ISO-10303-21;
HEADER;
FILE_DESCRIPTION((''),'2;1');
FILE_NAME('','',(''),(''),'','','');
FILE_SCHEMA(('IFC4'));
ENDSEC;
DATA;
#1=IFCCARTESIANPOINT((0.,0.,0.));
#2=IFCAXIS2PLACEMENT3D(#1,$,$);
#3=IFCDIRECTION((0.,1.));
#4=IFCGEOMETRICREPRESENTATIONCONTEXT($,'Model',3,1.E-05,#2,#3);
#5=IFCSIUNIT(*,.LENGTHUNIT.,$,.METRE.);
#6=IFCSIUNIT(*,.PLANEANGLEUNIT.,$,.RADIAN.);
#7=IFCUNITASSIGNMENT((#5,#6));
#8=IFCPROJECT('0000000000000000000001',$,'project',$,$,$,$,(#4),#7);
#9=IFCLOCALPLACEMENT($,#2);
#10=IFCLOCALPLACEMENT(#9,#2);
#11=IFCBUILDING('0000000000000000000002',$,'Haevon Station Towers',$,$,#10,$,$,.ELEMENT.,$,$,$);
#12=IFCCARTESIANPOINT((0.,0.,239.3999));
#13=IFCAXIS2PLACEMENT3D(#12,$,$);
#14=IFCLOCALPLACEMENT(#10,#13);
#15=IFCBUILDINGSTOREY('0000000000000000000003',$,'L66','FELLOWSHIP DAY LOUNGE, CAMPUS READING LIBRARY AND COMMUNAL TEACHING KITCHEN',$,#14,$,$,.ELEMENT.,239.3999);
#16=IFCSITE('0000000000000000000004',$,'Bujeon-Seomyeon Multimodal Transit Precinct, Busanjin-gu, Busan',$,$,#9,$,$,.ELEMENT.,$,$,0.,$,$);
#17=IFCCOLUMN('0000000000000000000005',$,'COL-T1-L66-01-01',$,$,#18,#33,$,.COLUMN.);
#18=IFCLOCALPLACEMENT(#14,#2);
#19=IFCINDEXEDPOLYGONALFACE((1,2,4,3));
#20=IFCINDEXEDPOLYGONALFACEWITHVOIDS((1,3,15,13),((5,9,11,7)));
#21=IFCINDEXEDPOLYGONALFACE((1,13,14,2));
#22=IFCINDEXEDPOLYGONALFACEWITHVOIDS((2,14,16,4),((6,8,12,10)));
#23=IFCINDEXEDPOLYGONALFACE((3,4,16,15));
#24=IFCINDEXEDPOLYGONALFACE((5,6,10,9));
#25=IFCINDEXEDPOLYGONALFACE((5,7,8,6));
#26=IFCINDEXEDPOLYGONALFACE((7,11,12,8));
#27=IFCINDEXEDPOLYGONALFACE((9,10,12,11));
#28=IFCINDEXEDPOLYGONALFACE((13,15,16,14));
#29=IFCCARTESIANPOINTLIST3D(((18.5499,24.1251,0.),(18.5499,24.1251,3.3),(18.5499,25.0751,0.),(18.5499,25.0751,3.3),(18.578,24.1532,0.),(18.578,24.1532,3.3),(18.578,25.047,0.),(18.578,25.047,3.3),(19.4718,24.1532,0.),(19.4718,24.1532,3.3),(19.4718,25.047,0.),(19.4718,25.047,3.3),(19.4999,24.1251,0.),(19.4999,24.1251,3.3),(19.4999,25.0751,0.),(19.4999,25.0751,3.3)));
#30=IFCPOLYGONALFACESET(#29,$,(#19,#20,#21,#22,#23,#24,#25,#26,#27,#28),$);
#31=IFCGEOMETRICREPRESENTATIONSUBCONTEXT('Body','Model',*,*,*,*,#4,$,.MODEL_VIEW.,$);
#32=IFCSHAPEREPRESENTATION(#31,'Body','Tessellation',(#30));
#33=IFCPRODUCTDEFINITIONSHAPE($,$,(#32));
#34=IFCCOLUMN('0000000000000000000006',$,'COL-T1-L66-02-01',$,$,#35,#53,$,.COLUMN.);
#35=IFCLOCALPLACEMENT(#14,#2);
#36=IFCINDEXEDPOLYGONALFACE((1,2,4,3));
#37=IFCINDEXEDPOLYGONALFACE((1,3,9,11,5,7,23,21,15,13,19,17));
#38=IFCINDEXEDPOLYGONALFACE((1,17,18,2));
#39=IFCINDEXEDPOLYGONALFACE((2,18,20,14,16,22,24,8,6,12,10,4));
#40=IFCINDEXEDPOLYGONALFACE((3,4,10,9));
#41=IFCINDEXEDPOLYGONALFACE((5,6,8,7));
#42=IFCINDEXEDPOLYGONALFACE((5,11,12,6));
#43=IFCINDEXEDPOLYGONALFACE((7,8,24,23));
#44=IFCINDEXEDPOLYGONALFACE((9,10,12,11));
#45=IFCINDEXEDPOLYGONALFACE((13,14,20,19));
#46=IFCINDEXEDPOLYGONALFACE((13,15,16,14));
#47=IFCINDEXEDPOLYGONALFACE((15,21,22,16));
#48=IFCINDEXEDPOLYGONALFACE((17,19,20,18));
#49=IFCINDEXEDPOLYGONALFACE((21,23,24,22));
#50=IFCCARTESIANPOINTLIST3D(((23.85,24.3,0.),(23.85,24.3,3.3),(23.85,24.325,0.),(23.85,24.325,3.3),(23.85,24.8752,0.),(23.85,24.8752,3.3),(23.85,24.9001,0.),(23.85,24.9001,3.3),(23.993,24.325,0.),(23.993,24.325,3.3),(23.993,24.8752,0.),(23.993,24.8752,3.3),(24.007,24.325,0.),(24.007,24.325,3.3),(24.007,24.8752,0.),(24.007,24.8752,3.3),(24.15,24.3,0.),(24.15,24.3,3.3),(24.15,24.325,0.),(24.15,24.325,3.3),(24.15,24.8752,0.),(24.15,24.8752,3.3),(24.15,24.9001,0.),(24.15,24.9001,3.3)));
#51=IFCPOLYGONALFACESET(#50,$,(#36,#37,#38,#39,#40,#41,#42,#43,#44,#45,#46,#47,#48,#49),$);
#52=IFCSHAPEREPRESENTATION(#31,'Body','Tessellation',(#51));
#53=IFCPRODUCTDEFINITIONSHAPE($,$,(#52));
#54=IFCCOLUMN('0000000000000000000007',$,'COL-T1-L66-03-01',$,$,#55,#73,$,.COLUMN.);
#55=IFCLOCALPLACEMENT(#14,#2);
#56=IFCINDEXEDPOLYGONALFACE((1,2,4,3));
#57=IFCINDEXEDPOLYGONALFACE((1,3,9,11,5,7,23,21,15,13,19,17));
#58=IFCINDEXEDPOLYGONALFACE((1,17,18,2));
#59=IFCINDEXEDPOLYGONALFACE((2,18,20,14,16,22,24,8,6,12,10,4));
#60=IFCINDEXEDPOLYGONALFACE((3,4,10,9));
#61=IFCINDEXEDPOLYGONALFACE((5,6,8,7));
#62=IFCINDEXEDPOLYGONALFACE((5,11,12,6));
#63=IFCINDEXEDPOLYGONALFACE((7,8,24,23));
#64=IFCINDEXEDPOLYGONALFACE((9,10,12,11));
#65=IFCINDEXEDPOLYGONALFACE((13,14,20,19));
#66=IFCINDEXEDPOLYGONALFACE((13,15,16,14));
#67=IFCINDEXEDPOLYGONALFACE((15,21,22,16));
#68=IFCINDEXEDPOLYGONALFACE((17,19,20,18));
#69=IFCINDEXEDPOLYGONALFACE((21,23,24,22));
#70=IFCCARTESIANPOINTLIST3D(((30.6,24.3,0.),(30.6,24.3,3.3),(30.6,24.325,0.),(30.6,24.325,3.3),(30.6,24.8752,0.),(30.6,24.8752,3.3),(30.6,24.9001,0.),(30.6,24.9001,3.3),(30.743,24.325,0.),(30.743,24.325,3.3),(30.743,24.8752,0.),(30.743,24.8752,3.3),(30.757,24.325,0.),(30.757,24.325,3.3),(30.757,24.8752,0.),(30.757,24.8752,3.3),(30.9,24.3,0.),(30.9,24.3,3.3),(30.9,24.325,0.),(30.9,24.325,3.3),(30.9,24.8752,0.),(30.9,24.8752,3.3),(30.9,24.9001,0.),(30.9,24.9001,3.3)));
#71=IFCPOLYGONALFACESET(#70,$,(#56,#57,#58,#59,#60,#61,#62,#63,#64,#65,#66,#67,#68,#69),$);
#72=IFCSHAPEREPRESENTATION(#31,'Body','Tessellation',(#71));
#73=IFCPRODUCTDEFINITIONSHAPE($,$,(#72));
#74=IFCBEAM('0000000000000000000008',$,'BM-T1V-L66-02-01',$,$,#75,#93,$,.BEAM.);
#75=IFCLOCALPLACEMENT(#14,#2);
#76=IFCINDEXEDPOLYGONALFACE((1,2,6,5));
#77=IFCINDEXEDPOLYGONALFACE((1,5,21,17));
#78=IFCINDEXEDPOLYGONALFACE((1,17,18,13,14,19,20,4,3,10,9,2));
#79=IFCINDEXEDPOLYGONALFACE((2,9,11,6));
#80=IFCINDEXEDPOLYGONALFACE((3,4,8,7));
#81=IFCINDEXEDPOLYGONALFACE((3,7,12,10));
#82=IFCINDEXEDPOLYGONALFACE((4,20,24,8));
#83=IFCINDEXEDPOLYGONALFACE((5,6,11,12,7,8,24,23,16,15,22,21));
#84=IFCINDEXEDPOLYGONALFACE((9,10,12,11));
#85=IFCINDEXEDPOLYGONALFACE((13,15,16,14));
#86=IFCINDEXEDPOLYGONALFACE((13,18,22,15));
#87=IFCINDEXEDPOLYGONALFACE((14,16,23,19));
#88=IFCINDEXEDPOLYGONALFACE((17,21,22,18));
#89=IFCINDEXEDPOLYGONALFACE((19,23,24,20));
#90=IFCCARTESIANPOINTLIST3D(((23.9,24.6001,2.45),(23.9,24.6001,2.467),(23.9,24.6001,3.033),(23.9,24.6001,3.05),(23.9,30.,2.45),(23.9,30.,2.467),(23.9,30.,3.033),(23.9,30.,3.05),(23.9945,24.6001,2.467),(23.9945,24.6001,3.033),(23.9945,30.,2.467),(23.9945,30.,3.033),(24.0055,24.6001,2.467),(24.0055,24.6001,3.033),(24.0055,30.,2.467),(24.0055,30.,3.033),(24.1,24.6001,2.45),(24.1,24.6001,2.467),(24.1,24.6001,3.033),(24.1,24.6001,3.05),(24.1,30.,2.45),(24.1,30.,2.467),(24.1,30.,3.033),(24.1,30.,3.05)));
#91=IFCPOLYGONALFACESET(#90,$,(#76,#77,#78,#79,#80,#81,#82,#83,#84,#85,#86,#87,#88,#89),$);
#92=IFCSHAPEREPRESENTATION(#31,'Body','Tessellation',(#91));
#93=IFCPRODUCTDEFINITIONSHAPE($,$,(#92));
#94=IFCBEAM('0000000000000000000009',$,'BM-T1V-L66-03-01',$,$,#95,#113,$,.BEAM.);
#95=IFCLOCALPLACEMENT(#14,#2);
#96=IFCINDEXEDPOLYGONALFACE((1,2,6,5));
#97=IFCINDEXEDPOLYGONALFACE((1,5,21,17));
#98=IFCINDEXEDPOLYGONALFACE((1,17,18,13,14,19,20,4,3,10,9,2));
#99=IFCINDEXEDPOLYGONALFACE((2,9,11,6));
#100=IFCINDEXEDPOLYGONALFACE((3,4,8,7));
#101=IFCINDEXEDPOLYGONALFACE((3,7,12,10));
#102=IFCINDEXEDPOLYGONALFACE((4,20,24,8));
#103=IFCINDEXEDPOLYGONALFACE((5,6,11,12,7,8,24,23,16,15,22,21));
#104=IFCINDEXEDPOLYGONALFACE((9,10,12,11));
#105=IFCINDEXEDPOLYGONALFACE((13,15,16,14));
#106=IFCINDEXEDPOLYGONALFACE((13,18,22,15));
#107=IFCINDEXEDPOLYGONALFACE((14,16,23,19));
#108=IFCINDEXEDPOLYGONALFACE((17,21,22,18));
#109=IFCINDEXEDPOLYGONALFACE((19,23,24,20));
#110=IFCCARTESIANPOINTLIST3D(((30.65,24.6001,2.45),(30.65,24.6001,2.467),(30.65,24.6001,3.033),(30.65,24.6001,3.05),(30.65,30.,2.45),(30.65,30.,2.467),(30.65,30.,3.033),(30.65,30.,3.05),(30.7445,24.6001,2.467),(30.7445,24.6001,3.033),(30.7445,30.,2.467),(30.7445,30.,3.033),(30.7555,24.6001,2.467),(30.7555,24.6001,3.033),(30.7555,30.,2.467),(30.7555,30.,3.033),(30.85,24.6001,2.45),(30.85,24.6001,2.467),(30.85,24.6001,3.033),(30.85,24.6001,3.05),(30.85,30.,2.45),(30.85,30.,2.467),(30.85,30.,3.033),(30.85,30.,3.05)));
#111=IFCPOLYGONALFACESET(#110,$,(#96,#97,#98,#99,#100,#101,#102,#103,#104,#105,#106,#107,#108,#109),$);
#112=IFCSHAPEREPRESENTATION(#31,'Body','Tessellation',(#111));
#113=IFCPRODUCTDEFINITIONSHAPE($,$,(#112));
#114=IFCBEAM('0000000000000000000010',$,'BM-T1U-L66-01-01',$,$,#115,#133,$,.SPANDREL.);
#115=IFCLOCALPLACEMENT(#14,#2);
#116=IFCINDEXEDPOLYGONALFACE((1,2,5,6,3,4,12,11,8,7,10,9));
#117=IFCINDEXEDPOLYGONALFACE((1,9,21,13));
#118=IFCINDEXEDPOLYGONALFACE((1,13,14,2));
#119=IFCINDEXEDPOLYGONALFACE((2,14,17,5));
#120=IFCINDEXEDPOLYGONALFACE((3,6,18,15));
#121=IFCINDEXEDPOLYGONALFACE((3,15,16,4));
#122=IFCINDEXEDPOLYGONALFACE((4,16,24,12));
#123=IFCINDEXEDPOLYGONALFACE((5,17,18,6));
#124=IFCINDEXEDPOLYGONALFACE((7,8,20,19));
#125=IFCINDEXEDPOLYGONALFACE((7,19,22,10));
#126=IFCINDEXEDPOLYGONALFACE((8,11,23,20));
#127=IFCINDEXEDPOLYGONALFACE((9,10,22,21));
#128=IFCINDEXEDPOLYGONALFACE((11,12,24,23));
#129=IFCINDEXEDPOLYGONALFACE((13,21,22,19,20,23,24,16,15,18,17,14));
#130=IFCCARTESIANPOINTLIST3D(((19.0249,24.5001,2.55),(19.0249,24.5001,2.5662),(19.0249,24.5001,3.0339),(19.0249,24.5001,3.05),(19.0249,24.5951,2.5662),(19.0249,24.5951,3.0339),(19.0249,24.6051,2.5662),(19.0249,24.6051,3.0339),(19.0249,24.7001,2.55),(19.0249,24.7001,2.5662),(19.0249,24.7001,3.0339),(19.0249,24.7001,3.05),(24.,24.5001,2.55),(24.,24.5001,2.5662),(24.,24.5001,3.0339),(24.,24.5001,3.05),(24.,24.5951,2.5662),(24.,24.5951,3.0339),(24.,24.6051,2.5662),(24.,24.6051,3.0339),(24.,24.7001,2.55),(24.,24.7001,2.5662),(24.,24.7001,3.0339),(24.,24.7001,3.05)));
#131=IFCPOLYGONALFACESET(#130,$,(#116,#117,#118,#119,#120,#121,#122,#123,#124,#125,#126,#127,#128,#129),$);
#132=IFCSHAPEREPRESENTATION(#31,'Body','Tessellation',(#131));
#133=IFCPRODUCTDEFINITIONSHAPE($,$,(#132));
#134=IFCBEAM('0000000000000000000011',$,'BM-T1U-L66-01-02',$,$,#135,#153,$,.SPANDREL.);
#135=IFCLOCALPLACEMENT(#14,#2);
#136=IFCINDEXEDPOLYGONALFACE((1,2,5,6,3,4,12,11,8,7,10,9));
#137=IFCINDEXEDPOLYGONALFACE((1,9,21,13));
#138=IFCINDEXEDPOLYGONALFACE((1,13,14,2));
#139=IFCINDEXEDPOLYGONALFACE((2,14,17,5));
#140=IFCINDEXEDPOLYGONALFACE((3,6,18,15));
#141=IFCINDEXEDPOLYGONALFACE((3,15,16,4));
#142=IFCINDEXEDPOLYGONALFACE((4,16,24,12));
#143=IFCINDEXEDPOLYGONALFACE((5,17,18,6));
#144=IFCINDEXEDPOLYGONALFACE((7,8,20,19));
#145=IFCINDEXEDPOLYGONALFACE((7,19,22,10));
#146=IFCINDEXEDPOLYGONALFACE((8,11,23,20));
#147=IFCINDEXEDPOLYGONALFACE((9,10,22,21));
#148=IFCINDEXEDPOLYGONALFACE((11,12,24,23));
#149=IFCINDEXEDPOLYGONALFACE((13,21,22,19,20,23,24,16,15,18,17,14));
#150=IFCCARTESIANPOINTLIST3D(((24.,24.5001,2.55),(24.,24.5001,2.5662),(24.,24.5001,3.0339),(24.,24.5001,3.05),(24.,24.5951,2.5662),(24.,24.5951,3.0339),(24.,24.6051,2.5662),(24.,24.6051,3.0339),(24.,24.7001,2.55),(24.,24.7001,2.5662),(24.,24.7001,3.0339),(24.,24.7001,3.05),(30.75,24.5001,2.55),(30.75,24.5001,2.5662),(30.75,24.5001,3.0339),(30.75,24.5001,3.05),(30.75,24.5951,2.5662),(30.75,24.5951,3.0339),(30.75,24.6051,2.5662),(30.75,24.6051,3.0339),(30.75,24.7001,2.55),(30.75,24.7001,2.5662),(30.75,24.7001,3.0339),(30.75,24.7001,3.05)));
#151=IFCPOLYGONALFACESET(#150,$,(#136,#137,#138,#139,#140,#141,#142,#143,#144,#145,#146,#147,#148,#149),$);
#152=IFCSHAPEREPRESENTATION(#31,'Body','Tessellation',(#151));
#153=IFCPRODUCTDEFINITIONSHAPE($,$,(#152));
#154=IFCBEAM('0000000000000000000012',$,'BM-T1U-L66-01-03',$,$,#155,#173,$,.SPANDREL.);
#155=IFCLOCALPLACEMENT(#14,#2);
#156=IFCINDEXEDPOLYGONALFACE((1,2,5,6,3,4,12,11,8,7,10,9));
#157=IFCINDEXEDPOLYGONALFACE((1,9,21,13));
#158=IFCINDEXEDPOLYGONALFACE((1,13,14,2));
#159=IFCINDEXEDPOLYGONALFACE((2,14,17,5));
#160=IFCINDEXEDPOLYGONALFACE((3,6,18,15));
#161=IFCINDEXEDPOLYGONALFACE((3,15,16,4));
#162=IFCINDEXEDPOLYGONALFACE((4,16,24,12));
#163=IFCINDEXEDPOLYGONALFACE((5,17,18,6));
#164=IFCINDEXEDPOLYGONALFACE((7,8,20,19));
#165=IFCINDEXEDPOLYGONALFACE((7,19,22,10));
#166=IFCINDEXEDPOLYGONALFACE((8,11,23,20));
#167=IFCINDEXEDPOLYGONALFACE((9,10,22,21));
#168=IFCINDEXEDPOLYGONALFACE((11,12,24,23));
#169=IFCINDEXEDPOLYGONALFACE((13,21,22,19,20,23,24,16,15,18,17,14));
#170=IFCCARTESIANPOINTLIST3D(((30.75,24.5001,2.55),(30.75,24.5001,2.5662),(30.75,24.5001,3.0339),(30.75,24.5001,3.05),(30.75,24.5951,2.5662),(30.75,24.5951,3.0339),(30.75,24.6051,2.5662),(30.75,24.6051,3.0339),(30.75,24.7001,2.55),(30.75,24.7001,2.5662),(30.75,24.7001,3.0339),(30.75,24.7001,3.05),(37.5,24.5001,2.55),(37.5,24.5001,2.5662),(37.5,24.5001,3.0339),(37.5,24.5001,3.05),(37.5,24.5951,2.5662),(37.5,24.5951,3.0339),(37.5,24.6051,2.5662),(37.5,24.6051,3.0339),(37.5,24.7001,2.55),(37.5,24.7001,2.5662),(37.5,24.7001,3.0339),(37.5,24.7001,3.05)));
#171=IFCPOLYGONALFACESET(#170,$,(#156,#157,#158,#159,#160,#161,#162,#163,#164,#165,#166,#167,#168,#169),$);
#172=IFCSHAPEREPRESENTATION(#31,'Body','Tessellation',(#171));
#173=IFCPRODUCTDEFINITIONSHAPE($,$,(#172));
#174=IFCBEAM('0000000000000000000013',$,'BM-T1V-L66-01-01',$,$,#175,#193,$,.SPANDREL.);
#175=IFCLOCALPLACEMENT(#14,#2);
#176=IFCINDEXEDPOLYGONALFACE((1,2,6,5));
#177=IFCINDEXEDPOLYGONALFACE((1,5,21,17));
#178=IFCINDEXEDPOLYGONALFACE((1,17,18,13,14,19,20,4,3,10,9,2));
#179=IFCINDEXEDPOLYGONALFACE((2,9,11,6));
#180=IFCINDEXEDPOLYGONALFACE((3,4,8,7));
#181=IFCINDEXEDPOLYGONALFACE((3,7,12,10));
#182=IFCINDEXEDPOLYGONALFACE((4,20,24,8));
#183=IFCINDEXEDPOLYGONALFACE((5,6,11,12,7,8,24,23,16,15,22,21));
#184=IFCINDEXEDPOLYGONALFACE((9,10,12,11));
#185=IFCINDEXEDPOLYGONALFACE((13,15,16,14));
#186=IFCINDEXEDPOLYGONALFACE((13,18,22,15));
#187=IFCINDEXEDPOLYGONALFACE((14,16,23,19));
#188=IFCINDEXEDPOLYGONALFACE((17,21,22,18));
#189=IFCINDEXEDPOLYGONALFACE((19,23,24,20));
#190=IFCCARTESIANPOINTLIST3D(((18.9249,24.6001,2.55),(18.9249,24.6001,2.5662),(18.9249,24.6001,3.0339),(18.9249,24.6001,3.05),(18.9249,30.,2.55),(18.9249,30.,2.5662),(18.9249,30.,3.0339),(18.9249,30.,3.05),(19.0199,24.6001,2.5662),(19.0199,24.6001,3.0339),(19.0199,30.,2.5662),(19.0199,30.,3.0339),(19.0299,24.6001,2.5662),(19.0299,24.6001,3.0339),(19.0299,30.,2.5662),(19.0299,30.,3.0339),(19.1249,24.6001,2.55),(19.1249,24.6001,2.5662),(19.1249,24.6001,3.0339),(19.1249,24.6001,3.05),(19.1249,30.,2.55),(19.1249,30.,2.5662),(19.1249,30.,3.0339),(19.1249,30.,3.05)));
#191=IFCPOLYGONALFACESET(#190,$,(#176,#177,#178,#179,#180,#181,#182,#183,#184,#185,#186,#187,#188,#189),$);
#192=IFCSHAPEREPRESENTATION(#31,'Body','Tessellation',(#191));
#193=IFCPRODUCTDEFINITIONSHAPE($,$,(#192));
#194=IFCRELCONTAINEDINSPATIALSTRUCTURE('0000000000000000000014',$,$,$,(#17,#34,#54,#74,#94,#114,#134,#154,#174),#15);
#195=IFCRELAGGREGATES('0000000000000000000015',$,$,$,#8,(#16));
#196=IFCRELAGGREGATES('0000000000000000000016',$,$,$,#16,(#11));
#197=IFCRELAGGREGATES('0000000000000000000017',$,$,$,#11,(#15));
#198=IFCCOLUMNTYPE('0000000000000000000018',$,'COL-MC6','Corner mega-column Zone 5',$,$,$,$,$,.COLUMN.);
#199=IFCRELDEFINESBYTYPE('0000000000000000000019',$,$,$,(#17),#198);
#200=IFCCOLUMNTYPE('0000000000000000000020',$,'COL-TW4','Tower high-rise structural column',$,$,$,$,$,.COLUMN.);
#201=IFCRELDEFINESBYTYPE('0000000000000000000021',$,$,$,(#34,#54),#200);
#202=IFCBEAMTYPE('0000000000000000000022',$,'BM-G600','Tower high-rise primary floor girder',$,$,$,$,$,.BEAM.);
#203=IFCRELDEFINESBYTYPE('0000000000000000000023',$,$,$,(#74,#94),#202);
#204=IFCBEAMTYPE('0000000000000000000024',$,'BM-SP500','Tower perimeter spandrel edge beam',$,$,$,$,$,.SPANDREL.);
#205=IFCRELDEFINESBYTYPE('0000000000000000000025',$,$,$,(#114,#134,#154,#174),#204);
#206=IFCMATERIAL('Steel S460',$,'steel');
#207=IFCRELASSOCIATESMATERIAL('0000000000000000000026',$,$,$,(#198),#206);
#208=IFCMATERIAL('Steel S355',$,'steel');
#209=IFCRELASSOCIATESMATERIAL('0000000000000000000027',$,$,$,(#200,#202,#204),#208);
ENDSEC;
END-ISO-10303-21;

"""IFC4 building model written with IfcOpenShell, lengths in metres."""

from ifc_helpers import new_model, si_unit, direction, frame, origin, origin_2d, place, context, subcontext, project, spatial, hollow_rectangle, i_section, extrude, material, material_profile, profile_set, type_object, element, save


model = new_model("IFC4")

# Units and contexts
model_context = context("Model", 3, precision=1e-05, world=origin(), true_north=direction((0.0, 1.0)))
body_context = subcontext(model_context, "Body", "Model", "MODEL_VIEW")
ifc_project = project(units=[si_unit("LENGTHUNIT", "METRE"), si_unit("PLANEANGLEUNIT", "RADIAN")], contexts=[model_context])

# Site, building, storey
site_placement = place(None, origin())
site = spatial("IfcSite", under=ifc_project, at=site_placement, Name="Bujeon-Seomyeon Multimodal Transit Precinct, Busanjin-gu, Busan", CompositionType="ELEMENT", RefElevation=0.0)
building_placement = place(site_placement, origin())
building = spatial("IfcBuilding", under=site, at=building_placement, Name="Haevon Station Towers", CompositionType="ELEMENT")
storey_placement = place(building_placement, frame((0.0, 0.0, 239.3999)))
storey = spatial("IfcBuildingStorey", under=building, at=storey_placement, Name="L66", Description="FELLOWSHIP DAY LOUNGE, CAMPUS READING LIBRARY AND COMMUNAL TEACHING KITCHEN", CompositionType="ELEMENT", Elevation=239.3999)

# Columns
ifc_material_1 = material(Name="Steel S460", Category="steel")
ifc_material_profile_1 = material_profile(ifc_material_1, hollow_rectangle(XDim=0.95, YDim=0.95, WallThickness=0.0281, at=origin_2d()), Name="BOX-950x950x28")
ifc_profile_set_1 = profile_set([ifc_material_profile_1], Name="Steel S460")
column_type_1 = type_object("IfcColumnType", Name="COL-MC6", Description="Corner mega-column Zone 5", PredefinedType="COLUMN", material=ifc_profile_set_1)
column_placement = place(storey_placement, frame((19.0249, 24.6001, 0.0), z_axis=(0.0, 0.0, 1.0), x_axis=(1.0, 0.0, 0.0)))
element("IfcColumn", 1, at=column_placement, inside=storey, type_object=column_type_1, Name="COL-T1-L66-01-01", PredefinedType="COLUMN", context=body_context, shape_type="SweptSolid", body=[
    extrude(hollow_rectangle(XDim=0.95, YDim=0.95, WallThickness=0.0281, at=origin_2d()), origin(), (0.0, 0.0, 1.0), 3.3),
])
ifc_material_2 = material(Name="Steel S355", Category="steel")
ifc_material_profile_2 = material_profile(ifc_material_2, i_section(OverallWidth=0.3, OverallDepth=0.6001, WebThickness=0.0139, FlangeThickness=0.0249, at=origin_2d()), Name="H-600x300x14x25")
ifc_profile_set_2 = profile_set([ifc_material_profile_2], Name="Steel S355")
column_type_2 = type_object("IfcColumnType", Name="COL-TW4", Description="Tower high-rise structural column", PredefinedType="COLUMN", material=ifc_profile_set_2)
for number, where, z_axis, x_axis, name in (
    (2, (24.0, 24.6001, 0.0), (0.0, 0.0, 1.0), (1.0, 0.0, 0.0), "COL-T1-L66-02-01"),
    (3, (30.75, 24.6001, 0.0), (0.0, 0.0, 1.0), (1.0, 0.0, 0.0), "COL-T1-L66-03-01"),
):
    element("IfcColumn", number, at=place(storey_placement, frame(where, z_axis=z_axis, x_axis=x_axis)), inside=storey, type_object=column_type_2, Name=name, PredefinedType="COLUMN", context=body_context, shape_type="SweptSolid", body=[
        extrude(i_section(OverallWidth=0.3, OverallDepth=0.6001, WebThickness=0.0139, FlangeThickness=0.0249, at=origin_2d()), origin(), (0.0, 0.0, 1.0), 3.3),
    ])

# Beams
ifc_material_profile_3 = material_profile(ifc_material_2, i_section(OverallWidth=0.2, OverallDepth=0.6001, WebThickness=0.011, FlangeThickness=0.0171, at=origin_2d()), Name="H-600x200x11x17")
ifc_profile_set_3 = profile_set([ifc_material_profile_3], Name="Steel S355")
beam_type_1 = type_object("IfcBeamType", Name="BM-G600", Description="Tower high-rise primary floor girder", PredefinedType="BEAM", material=ifc_profile_set_3)
for number, where, z_axis, x_axis, name in (
    (4, (24.0, 24.6001, 2.75), (0.0, 1.0, 0.0), (-1.0, 0.0, 0.0), "BM-T1V-L66-02-01"),
    (5, (30.75, 24.6001, 2.75), (0.0, 1.0, 0.0), (-1.0, 0.0, 0.0), "BM-T1V-L66-03-01"),
):
    element("IfcBeam", number, at=place(storey_placement, frame(where, z_axis=z_axis, x_axis=x_axis)), inside=storey, type_object=beam_type_1, Name=name, PredefinedType="BEAM", context=body_context, shape_type="SweptSolid", body=[
        extrude(i_section(OverallWidth=0.2, OverallDepth=0.6001, WebThickness=0.011, FlangeThickness=0.0171, at=origin_2d()), origin(), (0.0, 0.0, 1.0), 5.3999),
    ])
ifc_material_profile_4 = material_profile(ifc_material_2, i_section(OverallWidth=0.2, OverallDepth=0.5, WebThickness=0.01, FlangeThickness=0.0161, at=origin_2d()), Name="H-500x200x10x16")
ifc_profile_set_4 = profile_set([ifc_material_profile_4], Name="Steel S355")
beam_type_2 = type_object("IfcBeamType", Name="BM-SP500", Description="Tower perimeter spandrel edge beam", PredefinedType="SPANDREL", material=ifc_profile_set_4)
beam_1_placement = place(storey_placement, frame((19.0249, 24.6001, 2.8), z_axis=(1.0, 0.0, 0.0), x_axis=(0.0, 1.0, 0.0)))
element("IfcBeam", 6, at=beam_1_placement, inside=storey, type_object=beam_type_2, Name="BM-T1U-L66-01-01", PredefinedType="SPANDREL", context=body_context, shape_type="SweptSolid", body=[
    extrude(i_section(OverallWidth=0.2, OverallDepth=0.5, WebThickness=0.01, FlangeThickness=0.0161, at=origin_2d()), origin(), (0.0, 0.0, 1.0), 4.9751),
])
for number, where, z_axis, x_axis, name in (
    (7, (24.0, 24.6001, 2.8), (1.0, 0.0, 0.0), (0.0, 1.0, 0.0), "BM-T1U-L66-01-02"),
    (8, (30.75, 24.6001, 2.8), (1.0, 0.0, 0.0), (0.0, 1.0, 0.0), "BM-T1U-L66-01-03"),
):
    element("IfcBeam", number, at=place(storey_placement, frame(where, z_axis=z_axis, x_axis=x_axis)), inside=storey, type_object=beam_type_2, Name=name, PredefinedType="SPANDREL", context=body_context, shape_type="SweptSolid", body=[
        extrude(i_section(OverallWidth=0.2, OverallDepth=0.5, WebThickness=0.01, FlangeThickness=0.0161, at=origin_2d()), origin(), (0.0, 0.0, 1.0), 6.75),
    ])
beam_2_placement = place(storey_placement, frame((19.0249, 24.6001, 2.8), z_axis=(0.0, 1.0, 0.0), x_axis=(-1.0, 0.0, 0.0)))
element("IfcBeam", 9, at=beam_2_placement, inside=storey, type_object=beam_type_2, Name="BM-T1V-L66-01-01", PredefinedType="SPANDREL", context=body_context, shape_type="SweptSolid", body=[
    extrude(i_section(OverallWidth=0.2, OverallDepth=0.5, WebThickness=0.01, FlangeThickness=0.0161, at=origin_2d()), origin(), (0.0, 0.0, 1.0), 5.3999),
])

save(model, "model.ifc")
